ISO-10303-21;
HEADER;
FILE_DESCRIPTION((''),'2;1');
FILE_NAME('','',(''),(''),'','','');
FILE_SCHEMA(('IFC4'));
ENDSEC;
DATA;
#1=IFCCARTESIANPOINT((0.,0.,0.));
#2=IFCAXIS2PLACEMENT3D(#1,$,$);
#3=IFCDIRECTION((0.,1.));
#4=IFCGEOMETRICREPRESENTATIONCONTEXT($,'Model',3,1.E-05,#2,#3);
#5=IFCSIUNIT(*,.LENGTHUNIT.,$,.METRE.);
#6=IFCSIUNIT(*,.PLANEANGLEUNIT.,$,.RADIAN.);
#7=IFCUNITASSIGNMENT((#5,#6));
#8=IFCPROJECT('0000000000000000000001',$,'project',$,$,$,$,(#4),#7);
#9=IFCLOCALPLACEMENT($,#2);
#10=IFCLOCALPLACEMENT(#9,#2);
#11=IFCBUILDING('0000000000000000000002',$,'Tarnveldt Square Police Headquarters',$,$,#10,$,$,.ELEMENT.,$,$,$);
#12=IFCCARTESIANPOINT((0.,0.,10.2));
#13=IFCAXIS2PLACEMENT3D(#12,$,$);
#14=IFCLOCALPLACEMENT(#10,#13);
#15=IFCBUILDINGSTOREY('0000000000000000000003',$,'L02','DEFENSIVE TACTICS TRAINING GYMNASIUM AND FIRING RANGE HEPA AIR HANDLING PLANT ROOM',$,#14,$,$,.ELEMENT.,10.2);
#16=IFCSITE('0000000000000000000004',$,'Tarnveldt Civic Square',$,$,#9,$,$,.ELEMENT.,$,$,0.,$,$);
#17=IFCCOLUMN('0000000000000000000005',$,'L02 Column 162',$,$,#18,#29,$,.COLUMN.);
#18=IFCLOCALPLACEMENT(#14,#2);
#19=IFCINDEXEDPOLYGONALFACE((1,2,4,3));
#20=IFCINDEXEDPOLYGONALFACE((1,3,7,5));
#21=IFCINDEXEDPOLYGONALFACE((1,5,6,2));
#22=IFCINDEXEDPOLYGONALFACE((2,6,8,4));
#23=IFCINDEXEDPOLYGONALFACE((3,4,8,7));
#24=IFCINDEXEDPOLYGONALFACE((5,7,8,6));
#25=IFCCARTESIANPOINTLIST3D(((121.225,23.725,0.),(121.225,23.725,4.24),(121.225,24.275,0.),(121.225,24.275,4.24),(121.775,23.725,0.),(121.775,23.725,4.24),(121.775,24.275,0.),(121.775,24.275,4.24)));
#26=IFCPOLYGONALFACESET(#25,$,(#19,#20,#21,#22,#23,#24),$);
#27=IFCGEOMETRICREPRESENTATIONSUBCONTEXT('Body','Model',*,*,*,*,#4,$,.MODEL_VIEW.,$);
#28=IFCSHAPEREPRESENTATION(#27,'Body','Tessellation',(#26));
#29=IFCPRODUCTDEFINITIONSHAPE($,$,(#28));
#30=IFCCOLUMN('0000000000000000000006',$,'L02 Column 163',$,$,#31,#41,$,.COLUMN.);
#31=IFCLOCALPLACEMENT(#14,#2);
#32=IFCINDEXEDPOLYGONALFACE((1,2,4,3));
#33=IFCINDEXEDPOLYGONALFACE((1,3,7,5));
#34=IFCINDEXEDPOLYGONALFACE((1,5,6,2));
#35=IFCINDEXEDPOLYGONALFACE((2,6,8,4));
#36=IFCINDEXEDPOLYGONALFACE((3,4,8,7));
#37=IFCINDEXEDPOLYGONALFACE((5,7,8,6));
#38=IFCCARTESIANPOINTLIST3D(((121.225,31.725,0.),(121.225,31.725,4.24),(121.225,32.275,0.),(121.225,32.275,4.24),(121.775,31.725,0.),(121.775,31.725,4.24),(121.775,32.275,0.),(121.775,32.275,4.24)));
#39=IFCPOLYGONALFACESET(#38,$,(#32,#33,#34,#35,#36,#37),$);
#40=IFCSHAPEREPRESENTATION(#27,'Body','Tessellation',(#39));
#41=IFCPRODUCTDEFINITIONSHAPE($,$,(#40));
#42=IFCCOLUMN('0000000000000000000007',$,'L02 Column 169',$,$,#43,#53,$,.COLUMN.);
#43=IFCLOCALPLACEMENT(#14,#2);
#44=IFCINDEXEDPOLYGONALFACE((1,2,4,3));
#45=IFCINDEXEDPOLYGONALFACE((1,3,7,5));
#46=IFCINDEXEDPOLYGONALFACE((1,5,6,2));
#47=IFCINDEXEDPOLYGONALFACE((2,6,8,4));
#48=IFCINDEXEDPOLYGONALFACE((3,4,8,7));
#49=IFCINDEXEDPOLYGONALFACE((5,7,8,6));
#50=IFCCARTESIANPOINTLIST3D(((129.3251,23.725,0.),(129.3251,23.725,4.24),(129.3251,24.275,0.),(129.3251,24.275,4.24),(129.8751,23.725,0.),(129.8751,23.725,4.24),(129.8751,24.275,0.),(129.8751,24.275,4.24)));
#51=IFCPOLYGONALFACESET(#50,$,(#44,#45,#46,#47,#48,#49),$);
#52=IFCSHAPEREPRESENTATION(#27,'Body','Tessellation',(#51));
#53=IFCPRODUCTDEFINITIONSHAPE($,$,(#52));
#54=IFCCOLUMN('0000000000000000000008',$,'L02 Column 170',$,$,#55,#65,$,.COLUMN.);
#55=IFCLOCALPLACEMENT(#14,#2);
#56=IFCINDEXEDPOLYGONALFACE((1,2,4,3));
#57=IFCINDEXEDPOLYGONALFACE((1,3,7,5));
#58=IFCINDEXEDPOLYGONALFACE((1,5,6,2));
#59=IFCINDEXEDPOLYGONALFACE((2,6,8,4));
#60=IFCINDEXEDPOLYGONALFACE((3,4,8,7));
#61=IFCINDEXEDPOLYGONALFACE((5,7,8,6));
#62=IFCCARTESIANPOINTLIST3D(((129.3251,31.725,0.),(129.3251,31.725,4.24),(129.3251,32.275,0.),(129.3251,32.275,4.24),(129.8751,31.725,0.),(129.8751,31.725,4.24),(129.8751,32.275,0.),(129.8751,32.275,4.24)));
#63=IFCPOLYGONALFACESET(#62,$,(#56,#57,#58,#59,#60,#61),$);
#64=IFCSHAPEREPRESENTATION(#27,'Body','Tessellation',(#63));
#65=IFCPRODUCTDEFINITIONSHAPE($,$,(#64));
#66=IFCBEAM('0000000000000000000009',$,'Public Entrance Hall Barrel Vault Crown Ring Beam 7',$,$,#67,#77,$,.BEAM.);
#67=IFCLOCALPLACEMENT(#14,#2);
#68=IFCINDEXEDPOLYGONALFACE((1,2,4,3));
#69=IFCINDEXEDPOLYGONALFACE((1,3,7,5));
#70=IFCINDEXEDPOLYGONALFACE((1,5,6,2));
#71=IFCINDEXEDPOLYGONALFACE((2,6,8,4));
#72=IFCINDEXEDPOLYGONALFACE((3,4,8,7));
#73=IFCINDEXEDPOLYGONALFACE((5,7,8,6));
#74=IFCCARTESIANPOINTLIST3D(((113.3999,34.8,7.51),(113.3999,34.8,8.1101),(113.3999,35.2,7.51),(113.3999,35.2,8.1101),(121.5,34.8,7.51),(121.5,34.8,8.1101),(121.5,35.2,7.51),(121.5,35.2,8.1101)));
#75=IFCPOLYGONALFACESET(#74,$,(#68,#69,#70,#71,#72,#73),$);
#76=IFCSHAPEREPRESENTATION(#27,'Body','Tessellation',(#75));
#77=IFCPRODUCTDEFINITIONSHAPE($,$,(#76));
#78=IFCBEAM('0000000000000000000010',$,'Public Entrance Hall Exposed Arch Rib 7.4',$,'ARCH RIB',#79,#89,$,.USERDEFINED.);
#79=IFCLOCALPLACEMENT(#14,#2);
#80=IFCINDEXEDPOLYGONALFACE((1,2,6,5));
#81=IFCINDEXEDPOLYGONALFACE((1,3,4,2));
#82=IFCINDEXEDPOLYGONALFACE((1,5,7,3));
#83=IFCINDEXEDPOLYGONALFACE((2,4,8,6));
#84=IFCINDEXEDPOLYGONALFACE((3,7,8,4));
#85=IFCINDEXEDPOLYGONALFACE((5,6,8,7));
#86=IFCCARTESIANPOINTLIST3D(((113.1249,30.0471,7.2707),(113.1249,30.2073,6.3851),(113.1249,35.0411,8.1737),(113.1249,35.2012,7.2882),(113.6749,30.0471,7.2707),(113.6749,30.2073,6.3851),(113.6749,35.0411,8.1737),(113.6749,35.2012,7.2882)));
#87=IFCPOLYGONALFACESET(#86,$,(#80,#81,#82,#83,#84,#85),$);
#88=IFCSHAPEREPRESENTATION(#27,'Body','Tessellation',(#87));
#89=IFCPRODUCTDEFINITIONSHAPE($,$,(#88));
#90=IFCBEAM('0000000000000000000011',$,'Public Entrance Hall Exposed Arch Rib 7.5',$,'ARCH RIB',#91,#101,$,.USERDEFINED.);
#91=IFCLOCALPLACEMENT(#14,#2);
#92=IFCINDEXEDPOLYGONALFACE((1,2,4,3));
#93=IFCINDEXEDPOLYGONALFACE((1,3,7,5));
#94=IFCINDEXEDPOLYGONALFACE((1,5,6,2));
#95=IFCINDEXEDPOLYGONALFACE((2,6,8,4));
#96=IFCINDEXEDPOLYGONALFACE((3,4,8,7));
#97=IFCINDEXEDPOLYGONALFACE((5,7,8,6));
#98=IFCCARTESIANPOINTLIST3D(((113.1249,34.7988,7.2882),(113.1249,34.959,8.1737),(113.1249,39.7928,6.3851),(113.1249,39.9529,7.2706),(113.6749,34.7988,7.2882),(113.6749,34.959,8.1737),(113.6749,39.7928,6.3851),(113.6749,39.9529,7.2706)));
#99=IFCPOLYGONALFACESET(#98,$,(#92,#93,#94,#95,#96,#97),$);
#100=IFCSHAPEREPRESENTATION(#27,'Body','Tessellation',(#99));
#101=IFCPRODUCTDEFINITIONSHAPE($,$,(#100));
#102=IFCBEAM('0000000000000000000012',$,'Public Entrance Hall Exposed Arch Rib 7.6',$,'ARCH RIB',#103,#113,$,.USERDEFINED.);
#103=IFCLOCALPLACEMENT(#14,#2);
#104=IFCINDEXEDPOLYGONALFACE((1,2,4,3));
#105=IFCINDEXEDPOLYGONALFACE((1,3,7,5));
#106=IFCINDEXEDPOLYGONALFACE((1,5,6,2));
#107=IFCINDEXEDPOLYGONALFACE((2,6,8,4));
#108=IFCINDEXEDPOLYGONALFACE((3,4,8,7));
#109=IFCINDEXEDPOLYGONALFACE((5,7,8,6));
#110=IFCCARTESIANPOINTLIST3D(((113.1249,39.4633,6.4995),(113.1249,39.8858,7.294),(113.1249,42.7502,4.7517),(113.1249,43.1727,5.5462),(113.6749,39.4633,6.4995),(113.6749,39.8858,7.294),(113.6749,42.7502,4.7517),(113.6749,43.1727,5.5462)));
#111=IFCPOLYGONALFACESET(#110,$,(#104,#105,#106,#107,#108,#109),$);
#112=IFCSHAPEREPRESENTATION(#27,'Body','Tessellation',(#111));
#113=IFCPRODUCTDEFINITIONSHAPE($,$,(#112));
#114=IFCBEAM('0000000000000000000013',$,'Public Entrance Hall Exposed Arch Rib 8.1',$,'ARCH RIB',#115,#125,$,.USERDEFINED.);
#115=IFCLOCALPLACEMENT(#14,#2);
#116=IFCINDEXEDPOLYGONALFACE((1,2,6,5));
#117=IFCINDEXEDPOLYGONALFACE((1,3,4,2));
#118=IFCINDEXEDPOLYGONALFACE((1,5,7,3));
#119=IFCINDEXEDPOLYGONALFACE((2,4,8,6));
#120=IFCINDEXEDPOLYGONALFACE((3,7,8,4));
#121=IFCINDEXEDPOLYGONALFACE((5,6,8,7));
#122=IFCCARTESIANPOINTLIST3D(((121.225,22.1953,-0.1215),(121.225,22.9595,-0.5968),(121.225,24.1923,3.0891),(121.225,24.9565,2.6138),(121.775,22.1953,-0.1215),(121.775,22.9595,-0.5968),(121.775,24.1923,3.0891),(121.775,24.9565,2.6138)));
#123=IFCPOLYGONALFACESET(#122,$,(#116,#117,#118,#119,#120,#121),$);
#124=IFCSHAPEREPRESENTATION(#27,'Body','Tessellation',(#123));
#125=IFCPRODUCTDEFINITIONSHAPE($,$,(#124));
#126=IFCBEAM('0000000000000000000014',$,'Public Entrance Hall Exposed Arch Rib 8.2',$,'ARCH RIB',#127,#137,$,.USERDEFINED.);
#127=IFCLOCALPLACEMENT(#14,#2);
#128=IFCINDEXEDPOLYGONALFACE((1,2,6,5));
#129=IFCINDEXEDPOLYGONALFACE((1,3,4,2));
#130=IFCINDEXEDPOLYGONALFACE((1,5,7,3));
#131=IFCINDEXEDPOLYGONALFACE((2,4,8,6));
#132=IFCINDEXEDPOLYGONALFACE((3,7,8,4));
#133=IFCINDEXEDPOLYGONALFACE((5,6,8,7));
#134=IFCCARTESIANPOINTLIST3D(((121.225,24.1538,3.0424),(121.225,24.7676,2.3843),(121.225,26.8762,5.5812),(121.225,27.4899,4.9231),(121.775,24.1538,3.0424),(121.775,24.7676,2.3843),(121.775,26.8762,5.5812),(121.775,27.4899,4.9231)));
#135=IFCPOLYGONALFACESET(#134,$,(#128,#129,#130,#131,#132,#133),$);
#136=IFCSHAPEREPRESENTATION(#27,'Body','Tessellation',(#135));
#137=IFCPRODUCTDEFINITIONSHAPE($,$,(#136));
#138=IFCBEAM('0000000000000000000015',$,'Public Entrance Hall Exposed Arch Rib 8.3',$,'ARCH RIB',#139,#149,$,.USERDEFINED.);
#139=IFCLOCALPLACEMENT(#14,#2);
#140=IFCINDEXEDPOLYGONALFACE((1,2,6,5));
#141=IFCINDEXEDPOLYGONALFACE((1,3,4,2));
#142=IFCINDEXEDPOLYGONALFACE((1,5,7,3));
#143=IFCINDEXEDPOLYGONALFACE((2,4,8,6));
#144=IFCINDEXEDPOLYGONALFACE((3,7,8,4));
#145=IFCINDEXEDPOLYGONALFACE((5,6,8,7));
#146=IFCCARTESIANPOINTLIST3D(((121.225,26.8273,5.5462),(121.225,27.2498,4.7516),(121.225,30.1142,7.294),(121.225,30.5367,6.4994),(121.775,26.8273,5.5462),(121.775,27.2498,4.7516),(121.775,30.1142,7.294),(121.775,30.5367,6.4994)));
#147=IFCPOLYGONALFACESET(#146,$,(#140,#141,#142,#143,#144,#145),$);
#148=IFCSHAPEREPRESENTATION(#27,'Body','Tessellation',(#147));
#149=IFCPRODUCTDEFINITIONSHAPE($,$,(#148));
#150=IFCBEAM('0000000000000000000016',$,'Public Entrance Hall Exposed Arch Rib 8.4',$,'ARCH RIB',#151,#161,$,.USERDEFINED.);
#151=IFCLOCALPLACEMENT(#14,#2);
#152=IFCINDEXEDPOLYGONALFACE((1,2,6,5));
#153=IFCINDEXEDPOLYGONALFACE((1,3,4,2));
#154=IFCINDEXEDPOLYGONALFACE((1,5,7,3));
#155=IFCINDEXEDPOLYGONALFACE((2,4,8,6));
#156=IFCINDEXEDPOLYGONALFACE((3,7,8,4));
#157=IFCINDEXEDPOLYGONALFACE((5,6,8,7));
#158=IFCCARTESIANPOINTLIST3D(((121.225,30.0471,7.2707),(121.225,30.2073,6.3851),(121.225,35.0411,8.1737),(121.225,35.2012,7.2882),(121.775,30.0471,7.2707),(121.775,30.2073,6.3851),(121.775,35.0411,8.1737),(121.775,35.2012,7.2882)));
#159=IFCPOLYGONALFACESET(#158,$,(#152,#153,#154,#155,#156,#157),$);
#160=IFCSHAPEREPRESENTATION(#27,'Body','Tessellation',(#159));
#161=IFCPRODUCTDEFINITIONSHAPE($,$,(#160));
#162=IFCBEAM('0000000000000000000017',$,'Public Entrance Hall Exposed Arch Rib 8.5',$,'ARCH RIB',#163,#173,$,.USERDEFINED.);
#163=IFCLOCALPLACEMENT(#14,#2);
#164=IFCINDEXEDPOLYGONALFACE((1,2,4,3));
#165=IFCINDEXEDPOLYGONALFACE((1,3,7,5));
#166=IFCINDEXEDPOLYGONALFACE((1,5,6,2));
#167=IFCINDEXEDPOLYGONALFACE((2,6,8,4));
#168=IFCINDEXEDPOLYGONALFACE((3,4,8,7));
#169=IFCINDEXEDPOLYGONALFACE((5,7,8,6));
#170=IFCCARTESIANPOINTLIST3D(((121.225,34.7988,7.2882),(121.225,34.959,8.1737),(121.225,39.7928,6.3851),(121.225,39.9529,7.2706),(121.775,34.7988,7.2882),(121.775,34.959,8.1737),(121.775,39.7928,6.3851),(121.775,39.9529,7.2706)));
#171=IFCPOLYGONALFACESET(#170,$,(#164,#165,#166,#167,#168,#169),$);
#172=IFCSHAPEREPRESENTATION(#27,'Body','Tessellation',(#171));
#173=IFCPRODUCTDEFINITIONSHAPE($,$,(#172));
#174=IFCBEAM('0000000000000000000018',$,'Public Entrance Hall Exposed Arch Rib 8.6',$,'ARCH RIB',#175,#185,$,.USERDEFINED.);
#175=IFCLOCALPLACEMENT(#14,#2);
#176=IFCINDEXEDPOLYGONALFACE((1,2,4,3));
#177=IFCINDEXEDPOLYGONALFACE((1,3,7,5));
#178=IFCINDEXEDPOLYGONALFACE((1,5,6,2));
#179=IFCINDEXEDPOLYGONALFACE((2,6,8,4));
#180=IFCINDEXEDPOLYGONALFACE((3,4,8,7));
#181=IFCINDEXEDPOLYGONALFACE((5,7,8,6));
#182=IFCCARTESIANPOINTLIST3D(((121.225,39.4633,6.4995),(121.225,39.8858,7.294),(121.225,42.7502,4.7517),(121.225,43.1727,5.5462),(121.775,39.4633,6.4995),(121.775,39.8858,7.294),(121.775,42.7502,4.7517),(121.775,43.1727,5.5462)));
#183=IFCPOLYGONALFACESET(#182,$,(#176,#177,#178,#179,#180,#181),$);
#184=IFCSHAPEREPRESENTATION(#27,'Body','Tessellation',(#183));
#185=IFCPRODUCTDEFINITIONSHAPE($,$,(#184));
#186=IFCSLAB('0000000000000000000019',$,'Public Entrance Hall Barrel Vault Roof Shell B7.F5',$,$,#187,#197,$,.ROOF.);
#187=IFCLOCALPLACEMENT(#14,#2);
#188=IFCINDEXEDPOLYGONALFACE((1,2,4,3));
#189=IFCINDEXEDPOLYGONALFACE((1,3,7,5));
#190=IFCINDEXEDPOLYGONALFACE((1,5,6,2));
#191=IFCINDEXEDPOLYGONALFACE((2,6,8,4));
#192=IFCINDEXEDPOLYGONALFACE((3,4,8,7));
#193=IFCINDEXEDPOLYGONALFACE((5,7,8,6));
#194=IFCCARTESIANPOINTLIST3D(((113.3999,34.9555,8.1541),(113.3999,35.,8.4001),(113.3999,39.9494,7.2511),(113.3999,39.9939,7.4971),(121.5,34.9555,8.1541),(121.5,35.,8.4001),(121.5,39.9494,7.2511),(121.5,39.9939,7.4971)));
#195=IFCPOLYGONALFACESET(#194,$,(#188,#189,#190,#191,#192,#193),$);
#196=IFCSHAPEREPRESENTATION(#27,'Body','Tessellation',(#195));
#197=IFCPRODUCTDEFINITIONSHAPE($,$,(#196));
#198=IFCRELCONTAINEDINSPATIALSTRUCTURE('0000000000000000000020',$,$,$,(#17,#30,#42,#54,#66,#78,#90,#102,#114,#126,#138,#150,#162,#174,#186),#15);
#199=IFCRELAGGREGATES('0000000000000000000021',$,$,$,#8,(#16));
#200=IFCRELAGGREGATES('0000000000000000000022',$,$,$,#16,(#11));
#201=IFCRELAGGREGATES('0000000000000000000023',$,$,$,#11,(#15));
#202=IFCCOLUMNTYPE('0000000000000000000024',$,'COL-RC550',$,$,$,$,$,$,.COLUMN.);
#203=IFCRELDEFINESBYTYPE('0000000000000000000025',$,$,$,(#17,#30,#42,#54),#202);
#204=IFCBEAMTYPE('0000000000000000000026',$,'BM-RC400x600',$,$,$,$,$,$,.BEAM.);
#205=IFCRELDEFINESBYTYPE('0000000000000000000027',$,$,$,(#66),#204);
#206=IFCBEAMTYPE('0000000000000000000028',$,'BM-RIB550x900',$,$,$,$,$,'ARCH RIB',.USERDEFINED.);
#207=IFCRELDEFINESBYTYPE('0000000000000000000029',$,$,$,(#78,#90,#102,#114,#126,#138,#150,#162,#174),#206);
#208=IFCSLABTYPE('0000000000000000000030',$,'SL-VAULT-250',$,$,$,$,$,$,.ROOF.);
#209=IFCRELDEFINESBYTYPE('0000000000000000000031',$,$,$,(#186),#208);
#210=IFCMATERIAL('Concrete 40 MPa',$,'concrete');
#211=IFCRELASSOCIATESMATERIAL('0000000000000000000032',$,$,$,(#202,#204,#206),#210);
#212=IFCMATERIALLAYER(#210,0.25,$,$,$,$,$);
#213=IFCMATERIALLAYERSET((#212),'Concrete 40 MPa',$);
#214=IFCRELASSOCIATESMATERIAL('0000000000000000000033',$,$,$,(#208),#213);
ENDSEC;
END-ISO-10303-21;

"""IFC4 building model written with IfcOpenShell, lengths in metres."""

from ifc_helpers import new_model, si_unit, direction, frame, origin, origin_2d, place, context, subcontext, project, spatial, polyline, rectangle, outline, extrude, material, layer, layer_set, material_profile, profile_set, type_object, element, save


model = new_model("IFC4")

# Units and contexts
model_context = context("Model", 3, precision=1e-05, world=origin(), true_north=direction((0.0, 1.0)))
body_context = subcontext(model_context, "Body", "Model", "MODEL_VIEW")
ifc_project = project(units=[si_unit("LENGTHUNIT", "METRE"), si_unit("PLANEANGLEUNIT", "RADIAN")], contexts=[model_context])

# Site, building, storey
site_placement = place(None, origin())
site = spatial("IfcSite", under=ifc_project, at=site_placement, Name="Tarnveldt Civic Square", CompositionType="ELEMENT", RefElevation=0.0)
building_placement = place(site_placement, origin())
building = spatial("IfcBuilding", under=site, at=building_placement, Name="Tarnveldt Square Police Headquarters", CompositionType="ELEMENT")
storey_placement = place(building_placement, frame((0.0, 0.0, 10.2)))
storey = spatial("IfcBuildingStorey", under=building, at=storey_placement, Name="L02", Description="DEFENSIVE TACTICS TRAINING GYMNASIUM AND FIRING RANGE HEPA AIR HANDLING PLANT ROOM", CompositionType="ELEMENT", Elevation=10.2)

# Columns
ifc_material_1 = material(Name="Concrete 40 MPa", Category="concrete")
ifc_material_profile_1 = material_profile(ifc_material_1, rectangle(XDim=0.55, YDim=0.55, at=origin_2d()), Name="RC-C550x550")
ifc_profile_set_1 = profile_set([ifc_material_profile_1], Name="Concrete 40 MPa")
column_type = type_object("IfcColumnType", Name="COL-RC550", PredefinedType="COLUMN", material=ifc_profile_set_1)
for number, where, z_axis, x_axis, name in (
    (1, (121.5, 24.0, 0.0), (0.0, 0.0, 1.0), (1.0, 0.0, 0.0), "L02 Column 162"),
    (2, (121.5, 32.0, 0.0), (0.0, 0.0, 1.0), (1.0, 0.0, 0.0), "L02 Column 163"),
    (3, (129.6001, 24.0, 0.0), (0.0, 0.0, 1.0), (1.0, 0.0, 0.0), "L02 Column 169"),
    (4, (129.6001, 32.0, 0.0), (0.0, 0.0, 1.0), (1.0, 0.0, 0.0), "L02 Column 170"),
):
    element("IfcColumn", number, at=place(storey_placement, frame(where, z_axis=z_axis, x_axis=x_axis)), inside=storey, type_object=column_type, Name=name, PredefinedType="COLUMN", context=body_context, shape_type="SweptSolid", body=[
        extrude(rectangle(XDim=0.55, YDim=0.55, at=origin_2d()), origin(), (0.0, 0.0, 1.0), 4.24),
    ])

# Beams
ifc_material_profile_2 = material_profile(ifc_material_1, rectangle(XDim=0.3999, YDim=0.6001, at=origin_2d()), Name="RC-B400x600")
ifc_profile_set_2 = profile_set([ifc_material_profile_2], Name="Concrete 40 MPa")
beam_type_1 = type_object("IfcBeamType", Name="BM-RC400x600", PredefinedType="BEAM", material=ifc_profile_set_2)
beam_1_placement = place(storey_placement, frame((113.3999, 35.0, 7.8101), z_axis=(1.0, 0.0, 0.0), x_axis=(0.0, 1.0, 0.0)))
element("IfcBeam", 5, at=beam_1_placement, inside=storey, type_object=beam_type_1, Name="Public Entrance Hall Barrel Vault Crown Ring Beam 7", PredefinedType="BEAM", context=body_context, shape_type="SweptSolid", body=[
    extrude(rectangle(XDim=0.3999, YDim=0.6001, at=origin_2d()), origin(), (0.0, 0.0, 1.0), 8.1001),
])
ifc_material_profile_3 = material_profile(ifc_material_1, rectangle(XDim=0.55, YDim=0.8999, at=origin_2d()), Name="RC-RIB550x900")
ifc_profile_set_3 = profile_set([ifc_material_profile_3], Name="Concrete 40 MPa")
beam_type_2 = type_object("IfcBeamType", Name="BM-RIB550x900", ElementType="ARCH RIB", PredefinedType="USERDEFINED", material=ifc_profile_set_3)
for number, where, z_axis, x_axis, name in (
    (6, (113.3999, 30.1272, 6.8279), (0.0, 0.98404, 0.17795), (-1.0, 0.0, 0.0), "Public Entrance Hall Exposed Arch Rib 7.4"),
    (7, (113.3999, 34.8789, 7.731), (0.0, 0.98404, -0.17795), (-1.0, 0.0, 0.0), "Public Entrance Hall Exposed Arch Rib 7.5"),
):
    element("IfcBeam", number, at=place(storey_placement, frame(where, z_axis=z_axis, x_axis=x_axis)), inside=storey, type_object=beam_type_2, Name=name, ObjectType="ARCH RIB", PredefinedType="USERDEFINED", context=body_context, shape_type="SweptSolid", body=[
        extrude(rectangle(XDim=0.55, YDim=0.8999, at=origin_2d()), origin(), (0.0, 0.0, 1.0), 5.075),
    ])
beam_2_placement = place(storey_placement, frame((113.3999, 39.6746, 6.8967), z_axis=(0.0, 0.882931, -0.469502), x_axis=(-1.0, 0.0, 0.0)))
element("IfcBeam", 8, at=beam_2_placement, inside=storey, type_object=beam_type_2, Name="Public Entrance Hall Exposed Arch Rib 7.6", ObjectType="ARCH RIB", PredefinedType="USERDEFINED", context=body_context, shape_type="SweptSolid", body=[
    extrude(rectangle(XDim=0.55, YDim=0.8999, at=origin_2d()), origin(), (0.0, 0.0, 1.0), 3.7227),
])
beam_3_placement = place(storey_placement, frame((121.5, 22.5774, -0.3591), z_axis=(0.0, 0.528169, 0.849139), x_axis=(-1.0, 0.0, 0.0)))
element("IfcBeam", 9, at=beam_3_placement, inside=storey, type_object=beam_type_2, Name="Public Entrance Hall Exposed Arch Rib 8.1", ObjectType="ARCH RIB", PredefinedType="USERDEFINED", context=body_context, shape_type="SweptSolid", body=[
    extrude(rectangle(XDim=0.55, YDim=0.8999, at=origin_2d()), origin(), (0.0, 0.0, 1.0), 3.781),
])
beam_4_placement = place(storey_placement, frame((121.5, 24.4607, 2.7134), z_axis=(0.0, 0.731337, 0.682017), x_axis=(-1.0, 0.0, 0.0)))
element("IfcBeam", 10, at=beam_4_placement, inside=storey, type_object=beam_type_2, Name="Public Entrance Hall Exposed Arch Rib 8.2", ObjectType="ARCH RIB", PredefinedType="USERDEFINED", context=body_context, shape_type="SweptSolid", body=[
    extrude(rectangle(XDim=0.55, YDim=0.8999, at=origin_2d()), origin(), (0.0, 0.0, 1.0), 3.7224),
])
beam_5_placement = place(storey_placement, frame((121.5, 27.0386, 5.1489), z_axis=(0.0, 0.882931, 0.469502), x_axis=(-1.0, 0.0, 0.0)))
element("IfcBeam", 11, at=beam_5_placement, inside=storey, type_object=beam_type_2, Name="Public Entrance Hall Exposed Arch Rib 8.3", ObjectType="ARCH RIB", PredefinedType="USERDEFINED", context=body_context, shape_type="SweptSolid", body=[
    extrude(rectangle(XDim=0.55, YDim=0.8999, at=origin_2d()), origin(), (0.0, 0.0, 1.0), 3.7227),
])
for number, where, z_axis, x_axis, name in (
    (12, (121.5, 30.1272, 6.8279), (0.0, 0.98404, 0.17795), (-1.0, 0.0, 0.0), "Public Entrance Hall Exposed Arch Rib 8.4"),
    (13, (121.5, 34.8789, 7.731), (0.0, 0.98404, -0.17795), (-1.0, 0.0, 0.0), "Public Entrance Hall Exposed Arch Rib 8.5"),
):
    element("IfcBeam", number, at=place(storey_placement, frame(where, z_axis=z_axis, x_axis=x_axis)), inside=storey, type_object=beam_type_2, Name=name, ObjectType="ARCH RIB", PredefinedType="USERDEFINED", context=body_context, shape_type="SweptSolid", body=[
        extrude(rectangle(XDim=0.55, YDim=0.8999, at=origin_2d()), origin(), (0.0, 0.0, 1.0), 5.075),
    ])
beam_6_placement = place(storey_placement, frame((121.5, 39.6746, 6.8967), z_axis=(0.0, 0.882931, -0.469502), x_axis=(-1.0, 0.0, 0.0)))
element("IfcBeam", 14, at=beam_6_placement, inside=storey, type_object=beam_type_2, Name="Public Entrance Hall Exposed Arch Rib 8.6", ObjectType="ARCH RIB", PredefinedType="USERDEFINED", context=body_context, shape_type="SweptSolid", body=[
    extrude(rectangle(XDim=0.55, YDim=0.8999, at=origin_2d()), origin(), (0.0, 0.0, 1.0), 3.7227),
])

# Slab
ifc_layer_1 = layer(ifc_material_1, 0.25)
ifc_layer_set_1 = layer_set([ifc_layer_1], Name="Concrete 40 MPa")
slab_type = type_object("IfcSlabType", Name="SL-VAULT-250", PredefinedType="ROOF", material=ifc_layer_set_1)
slab_1_placement = place(storey_placement, frame((113.3999, 35.0, 8.4001), z_axis=(0.0, 0.17795, 0.98404), x_axis=(1.0, 0.0, 0.0)))
element("IfcSlab", 15, at=slab_1_placement, inside=storey, type_object=slab_type, Name="Public Entrance Hall Barrel Vault Roof Shell B7.F5", PredefinedType="ROOF", context=body_context, shape_type="SweptSolid", body=[
    extrude(outline(polyline([(0.0, 0.0), (8.1001, 0.0), (8.1001, 5.0749), (0.0, 5.0749), (0.0, 0.0)])), origin(), (0.0, 0.0, -1.0), 0.25),
])

save(model, "model.ifc")
